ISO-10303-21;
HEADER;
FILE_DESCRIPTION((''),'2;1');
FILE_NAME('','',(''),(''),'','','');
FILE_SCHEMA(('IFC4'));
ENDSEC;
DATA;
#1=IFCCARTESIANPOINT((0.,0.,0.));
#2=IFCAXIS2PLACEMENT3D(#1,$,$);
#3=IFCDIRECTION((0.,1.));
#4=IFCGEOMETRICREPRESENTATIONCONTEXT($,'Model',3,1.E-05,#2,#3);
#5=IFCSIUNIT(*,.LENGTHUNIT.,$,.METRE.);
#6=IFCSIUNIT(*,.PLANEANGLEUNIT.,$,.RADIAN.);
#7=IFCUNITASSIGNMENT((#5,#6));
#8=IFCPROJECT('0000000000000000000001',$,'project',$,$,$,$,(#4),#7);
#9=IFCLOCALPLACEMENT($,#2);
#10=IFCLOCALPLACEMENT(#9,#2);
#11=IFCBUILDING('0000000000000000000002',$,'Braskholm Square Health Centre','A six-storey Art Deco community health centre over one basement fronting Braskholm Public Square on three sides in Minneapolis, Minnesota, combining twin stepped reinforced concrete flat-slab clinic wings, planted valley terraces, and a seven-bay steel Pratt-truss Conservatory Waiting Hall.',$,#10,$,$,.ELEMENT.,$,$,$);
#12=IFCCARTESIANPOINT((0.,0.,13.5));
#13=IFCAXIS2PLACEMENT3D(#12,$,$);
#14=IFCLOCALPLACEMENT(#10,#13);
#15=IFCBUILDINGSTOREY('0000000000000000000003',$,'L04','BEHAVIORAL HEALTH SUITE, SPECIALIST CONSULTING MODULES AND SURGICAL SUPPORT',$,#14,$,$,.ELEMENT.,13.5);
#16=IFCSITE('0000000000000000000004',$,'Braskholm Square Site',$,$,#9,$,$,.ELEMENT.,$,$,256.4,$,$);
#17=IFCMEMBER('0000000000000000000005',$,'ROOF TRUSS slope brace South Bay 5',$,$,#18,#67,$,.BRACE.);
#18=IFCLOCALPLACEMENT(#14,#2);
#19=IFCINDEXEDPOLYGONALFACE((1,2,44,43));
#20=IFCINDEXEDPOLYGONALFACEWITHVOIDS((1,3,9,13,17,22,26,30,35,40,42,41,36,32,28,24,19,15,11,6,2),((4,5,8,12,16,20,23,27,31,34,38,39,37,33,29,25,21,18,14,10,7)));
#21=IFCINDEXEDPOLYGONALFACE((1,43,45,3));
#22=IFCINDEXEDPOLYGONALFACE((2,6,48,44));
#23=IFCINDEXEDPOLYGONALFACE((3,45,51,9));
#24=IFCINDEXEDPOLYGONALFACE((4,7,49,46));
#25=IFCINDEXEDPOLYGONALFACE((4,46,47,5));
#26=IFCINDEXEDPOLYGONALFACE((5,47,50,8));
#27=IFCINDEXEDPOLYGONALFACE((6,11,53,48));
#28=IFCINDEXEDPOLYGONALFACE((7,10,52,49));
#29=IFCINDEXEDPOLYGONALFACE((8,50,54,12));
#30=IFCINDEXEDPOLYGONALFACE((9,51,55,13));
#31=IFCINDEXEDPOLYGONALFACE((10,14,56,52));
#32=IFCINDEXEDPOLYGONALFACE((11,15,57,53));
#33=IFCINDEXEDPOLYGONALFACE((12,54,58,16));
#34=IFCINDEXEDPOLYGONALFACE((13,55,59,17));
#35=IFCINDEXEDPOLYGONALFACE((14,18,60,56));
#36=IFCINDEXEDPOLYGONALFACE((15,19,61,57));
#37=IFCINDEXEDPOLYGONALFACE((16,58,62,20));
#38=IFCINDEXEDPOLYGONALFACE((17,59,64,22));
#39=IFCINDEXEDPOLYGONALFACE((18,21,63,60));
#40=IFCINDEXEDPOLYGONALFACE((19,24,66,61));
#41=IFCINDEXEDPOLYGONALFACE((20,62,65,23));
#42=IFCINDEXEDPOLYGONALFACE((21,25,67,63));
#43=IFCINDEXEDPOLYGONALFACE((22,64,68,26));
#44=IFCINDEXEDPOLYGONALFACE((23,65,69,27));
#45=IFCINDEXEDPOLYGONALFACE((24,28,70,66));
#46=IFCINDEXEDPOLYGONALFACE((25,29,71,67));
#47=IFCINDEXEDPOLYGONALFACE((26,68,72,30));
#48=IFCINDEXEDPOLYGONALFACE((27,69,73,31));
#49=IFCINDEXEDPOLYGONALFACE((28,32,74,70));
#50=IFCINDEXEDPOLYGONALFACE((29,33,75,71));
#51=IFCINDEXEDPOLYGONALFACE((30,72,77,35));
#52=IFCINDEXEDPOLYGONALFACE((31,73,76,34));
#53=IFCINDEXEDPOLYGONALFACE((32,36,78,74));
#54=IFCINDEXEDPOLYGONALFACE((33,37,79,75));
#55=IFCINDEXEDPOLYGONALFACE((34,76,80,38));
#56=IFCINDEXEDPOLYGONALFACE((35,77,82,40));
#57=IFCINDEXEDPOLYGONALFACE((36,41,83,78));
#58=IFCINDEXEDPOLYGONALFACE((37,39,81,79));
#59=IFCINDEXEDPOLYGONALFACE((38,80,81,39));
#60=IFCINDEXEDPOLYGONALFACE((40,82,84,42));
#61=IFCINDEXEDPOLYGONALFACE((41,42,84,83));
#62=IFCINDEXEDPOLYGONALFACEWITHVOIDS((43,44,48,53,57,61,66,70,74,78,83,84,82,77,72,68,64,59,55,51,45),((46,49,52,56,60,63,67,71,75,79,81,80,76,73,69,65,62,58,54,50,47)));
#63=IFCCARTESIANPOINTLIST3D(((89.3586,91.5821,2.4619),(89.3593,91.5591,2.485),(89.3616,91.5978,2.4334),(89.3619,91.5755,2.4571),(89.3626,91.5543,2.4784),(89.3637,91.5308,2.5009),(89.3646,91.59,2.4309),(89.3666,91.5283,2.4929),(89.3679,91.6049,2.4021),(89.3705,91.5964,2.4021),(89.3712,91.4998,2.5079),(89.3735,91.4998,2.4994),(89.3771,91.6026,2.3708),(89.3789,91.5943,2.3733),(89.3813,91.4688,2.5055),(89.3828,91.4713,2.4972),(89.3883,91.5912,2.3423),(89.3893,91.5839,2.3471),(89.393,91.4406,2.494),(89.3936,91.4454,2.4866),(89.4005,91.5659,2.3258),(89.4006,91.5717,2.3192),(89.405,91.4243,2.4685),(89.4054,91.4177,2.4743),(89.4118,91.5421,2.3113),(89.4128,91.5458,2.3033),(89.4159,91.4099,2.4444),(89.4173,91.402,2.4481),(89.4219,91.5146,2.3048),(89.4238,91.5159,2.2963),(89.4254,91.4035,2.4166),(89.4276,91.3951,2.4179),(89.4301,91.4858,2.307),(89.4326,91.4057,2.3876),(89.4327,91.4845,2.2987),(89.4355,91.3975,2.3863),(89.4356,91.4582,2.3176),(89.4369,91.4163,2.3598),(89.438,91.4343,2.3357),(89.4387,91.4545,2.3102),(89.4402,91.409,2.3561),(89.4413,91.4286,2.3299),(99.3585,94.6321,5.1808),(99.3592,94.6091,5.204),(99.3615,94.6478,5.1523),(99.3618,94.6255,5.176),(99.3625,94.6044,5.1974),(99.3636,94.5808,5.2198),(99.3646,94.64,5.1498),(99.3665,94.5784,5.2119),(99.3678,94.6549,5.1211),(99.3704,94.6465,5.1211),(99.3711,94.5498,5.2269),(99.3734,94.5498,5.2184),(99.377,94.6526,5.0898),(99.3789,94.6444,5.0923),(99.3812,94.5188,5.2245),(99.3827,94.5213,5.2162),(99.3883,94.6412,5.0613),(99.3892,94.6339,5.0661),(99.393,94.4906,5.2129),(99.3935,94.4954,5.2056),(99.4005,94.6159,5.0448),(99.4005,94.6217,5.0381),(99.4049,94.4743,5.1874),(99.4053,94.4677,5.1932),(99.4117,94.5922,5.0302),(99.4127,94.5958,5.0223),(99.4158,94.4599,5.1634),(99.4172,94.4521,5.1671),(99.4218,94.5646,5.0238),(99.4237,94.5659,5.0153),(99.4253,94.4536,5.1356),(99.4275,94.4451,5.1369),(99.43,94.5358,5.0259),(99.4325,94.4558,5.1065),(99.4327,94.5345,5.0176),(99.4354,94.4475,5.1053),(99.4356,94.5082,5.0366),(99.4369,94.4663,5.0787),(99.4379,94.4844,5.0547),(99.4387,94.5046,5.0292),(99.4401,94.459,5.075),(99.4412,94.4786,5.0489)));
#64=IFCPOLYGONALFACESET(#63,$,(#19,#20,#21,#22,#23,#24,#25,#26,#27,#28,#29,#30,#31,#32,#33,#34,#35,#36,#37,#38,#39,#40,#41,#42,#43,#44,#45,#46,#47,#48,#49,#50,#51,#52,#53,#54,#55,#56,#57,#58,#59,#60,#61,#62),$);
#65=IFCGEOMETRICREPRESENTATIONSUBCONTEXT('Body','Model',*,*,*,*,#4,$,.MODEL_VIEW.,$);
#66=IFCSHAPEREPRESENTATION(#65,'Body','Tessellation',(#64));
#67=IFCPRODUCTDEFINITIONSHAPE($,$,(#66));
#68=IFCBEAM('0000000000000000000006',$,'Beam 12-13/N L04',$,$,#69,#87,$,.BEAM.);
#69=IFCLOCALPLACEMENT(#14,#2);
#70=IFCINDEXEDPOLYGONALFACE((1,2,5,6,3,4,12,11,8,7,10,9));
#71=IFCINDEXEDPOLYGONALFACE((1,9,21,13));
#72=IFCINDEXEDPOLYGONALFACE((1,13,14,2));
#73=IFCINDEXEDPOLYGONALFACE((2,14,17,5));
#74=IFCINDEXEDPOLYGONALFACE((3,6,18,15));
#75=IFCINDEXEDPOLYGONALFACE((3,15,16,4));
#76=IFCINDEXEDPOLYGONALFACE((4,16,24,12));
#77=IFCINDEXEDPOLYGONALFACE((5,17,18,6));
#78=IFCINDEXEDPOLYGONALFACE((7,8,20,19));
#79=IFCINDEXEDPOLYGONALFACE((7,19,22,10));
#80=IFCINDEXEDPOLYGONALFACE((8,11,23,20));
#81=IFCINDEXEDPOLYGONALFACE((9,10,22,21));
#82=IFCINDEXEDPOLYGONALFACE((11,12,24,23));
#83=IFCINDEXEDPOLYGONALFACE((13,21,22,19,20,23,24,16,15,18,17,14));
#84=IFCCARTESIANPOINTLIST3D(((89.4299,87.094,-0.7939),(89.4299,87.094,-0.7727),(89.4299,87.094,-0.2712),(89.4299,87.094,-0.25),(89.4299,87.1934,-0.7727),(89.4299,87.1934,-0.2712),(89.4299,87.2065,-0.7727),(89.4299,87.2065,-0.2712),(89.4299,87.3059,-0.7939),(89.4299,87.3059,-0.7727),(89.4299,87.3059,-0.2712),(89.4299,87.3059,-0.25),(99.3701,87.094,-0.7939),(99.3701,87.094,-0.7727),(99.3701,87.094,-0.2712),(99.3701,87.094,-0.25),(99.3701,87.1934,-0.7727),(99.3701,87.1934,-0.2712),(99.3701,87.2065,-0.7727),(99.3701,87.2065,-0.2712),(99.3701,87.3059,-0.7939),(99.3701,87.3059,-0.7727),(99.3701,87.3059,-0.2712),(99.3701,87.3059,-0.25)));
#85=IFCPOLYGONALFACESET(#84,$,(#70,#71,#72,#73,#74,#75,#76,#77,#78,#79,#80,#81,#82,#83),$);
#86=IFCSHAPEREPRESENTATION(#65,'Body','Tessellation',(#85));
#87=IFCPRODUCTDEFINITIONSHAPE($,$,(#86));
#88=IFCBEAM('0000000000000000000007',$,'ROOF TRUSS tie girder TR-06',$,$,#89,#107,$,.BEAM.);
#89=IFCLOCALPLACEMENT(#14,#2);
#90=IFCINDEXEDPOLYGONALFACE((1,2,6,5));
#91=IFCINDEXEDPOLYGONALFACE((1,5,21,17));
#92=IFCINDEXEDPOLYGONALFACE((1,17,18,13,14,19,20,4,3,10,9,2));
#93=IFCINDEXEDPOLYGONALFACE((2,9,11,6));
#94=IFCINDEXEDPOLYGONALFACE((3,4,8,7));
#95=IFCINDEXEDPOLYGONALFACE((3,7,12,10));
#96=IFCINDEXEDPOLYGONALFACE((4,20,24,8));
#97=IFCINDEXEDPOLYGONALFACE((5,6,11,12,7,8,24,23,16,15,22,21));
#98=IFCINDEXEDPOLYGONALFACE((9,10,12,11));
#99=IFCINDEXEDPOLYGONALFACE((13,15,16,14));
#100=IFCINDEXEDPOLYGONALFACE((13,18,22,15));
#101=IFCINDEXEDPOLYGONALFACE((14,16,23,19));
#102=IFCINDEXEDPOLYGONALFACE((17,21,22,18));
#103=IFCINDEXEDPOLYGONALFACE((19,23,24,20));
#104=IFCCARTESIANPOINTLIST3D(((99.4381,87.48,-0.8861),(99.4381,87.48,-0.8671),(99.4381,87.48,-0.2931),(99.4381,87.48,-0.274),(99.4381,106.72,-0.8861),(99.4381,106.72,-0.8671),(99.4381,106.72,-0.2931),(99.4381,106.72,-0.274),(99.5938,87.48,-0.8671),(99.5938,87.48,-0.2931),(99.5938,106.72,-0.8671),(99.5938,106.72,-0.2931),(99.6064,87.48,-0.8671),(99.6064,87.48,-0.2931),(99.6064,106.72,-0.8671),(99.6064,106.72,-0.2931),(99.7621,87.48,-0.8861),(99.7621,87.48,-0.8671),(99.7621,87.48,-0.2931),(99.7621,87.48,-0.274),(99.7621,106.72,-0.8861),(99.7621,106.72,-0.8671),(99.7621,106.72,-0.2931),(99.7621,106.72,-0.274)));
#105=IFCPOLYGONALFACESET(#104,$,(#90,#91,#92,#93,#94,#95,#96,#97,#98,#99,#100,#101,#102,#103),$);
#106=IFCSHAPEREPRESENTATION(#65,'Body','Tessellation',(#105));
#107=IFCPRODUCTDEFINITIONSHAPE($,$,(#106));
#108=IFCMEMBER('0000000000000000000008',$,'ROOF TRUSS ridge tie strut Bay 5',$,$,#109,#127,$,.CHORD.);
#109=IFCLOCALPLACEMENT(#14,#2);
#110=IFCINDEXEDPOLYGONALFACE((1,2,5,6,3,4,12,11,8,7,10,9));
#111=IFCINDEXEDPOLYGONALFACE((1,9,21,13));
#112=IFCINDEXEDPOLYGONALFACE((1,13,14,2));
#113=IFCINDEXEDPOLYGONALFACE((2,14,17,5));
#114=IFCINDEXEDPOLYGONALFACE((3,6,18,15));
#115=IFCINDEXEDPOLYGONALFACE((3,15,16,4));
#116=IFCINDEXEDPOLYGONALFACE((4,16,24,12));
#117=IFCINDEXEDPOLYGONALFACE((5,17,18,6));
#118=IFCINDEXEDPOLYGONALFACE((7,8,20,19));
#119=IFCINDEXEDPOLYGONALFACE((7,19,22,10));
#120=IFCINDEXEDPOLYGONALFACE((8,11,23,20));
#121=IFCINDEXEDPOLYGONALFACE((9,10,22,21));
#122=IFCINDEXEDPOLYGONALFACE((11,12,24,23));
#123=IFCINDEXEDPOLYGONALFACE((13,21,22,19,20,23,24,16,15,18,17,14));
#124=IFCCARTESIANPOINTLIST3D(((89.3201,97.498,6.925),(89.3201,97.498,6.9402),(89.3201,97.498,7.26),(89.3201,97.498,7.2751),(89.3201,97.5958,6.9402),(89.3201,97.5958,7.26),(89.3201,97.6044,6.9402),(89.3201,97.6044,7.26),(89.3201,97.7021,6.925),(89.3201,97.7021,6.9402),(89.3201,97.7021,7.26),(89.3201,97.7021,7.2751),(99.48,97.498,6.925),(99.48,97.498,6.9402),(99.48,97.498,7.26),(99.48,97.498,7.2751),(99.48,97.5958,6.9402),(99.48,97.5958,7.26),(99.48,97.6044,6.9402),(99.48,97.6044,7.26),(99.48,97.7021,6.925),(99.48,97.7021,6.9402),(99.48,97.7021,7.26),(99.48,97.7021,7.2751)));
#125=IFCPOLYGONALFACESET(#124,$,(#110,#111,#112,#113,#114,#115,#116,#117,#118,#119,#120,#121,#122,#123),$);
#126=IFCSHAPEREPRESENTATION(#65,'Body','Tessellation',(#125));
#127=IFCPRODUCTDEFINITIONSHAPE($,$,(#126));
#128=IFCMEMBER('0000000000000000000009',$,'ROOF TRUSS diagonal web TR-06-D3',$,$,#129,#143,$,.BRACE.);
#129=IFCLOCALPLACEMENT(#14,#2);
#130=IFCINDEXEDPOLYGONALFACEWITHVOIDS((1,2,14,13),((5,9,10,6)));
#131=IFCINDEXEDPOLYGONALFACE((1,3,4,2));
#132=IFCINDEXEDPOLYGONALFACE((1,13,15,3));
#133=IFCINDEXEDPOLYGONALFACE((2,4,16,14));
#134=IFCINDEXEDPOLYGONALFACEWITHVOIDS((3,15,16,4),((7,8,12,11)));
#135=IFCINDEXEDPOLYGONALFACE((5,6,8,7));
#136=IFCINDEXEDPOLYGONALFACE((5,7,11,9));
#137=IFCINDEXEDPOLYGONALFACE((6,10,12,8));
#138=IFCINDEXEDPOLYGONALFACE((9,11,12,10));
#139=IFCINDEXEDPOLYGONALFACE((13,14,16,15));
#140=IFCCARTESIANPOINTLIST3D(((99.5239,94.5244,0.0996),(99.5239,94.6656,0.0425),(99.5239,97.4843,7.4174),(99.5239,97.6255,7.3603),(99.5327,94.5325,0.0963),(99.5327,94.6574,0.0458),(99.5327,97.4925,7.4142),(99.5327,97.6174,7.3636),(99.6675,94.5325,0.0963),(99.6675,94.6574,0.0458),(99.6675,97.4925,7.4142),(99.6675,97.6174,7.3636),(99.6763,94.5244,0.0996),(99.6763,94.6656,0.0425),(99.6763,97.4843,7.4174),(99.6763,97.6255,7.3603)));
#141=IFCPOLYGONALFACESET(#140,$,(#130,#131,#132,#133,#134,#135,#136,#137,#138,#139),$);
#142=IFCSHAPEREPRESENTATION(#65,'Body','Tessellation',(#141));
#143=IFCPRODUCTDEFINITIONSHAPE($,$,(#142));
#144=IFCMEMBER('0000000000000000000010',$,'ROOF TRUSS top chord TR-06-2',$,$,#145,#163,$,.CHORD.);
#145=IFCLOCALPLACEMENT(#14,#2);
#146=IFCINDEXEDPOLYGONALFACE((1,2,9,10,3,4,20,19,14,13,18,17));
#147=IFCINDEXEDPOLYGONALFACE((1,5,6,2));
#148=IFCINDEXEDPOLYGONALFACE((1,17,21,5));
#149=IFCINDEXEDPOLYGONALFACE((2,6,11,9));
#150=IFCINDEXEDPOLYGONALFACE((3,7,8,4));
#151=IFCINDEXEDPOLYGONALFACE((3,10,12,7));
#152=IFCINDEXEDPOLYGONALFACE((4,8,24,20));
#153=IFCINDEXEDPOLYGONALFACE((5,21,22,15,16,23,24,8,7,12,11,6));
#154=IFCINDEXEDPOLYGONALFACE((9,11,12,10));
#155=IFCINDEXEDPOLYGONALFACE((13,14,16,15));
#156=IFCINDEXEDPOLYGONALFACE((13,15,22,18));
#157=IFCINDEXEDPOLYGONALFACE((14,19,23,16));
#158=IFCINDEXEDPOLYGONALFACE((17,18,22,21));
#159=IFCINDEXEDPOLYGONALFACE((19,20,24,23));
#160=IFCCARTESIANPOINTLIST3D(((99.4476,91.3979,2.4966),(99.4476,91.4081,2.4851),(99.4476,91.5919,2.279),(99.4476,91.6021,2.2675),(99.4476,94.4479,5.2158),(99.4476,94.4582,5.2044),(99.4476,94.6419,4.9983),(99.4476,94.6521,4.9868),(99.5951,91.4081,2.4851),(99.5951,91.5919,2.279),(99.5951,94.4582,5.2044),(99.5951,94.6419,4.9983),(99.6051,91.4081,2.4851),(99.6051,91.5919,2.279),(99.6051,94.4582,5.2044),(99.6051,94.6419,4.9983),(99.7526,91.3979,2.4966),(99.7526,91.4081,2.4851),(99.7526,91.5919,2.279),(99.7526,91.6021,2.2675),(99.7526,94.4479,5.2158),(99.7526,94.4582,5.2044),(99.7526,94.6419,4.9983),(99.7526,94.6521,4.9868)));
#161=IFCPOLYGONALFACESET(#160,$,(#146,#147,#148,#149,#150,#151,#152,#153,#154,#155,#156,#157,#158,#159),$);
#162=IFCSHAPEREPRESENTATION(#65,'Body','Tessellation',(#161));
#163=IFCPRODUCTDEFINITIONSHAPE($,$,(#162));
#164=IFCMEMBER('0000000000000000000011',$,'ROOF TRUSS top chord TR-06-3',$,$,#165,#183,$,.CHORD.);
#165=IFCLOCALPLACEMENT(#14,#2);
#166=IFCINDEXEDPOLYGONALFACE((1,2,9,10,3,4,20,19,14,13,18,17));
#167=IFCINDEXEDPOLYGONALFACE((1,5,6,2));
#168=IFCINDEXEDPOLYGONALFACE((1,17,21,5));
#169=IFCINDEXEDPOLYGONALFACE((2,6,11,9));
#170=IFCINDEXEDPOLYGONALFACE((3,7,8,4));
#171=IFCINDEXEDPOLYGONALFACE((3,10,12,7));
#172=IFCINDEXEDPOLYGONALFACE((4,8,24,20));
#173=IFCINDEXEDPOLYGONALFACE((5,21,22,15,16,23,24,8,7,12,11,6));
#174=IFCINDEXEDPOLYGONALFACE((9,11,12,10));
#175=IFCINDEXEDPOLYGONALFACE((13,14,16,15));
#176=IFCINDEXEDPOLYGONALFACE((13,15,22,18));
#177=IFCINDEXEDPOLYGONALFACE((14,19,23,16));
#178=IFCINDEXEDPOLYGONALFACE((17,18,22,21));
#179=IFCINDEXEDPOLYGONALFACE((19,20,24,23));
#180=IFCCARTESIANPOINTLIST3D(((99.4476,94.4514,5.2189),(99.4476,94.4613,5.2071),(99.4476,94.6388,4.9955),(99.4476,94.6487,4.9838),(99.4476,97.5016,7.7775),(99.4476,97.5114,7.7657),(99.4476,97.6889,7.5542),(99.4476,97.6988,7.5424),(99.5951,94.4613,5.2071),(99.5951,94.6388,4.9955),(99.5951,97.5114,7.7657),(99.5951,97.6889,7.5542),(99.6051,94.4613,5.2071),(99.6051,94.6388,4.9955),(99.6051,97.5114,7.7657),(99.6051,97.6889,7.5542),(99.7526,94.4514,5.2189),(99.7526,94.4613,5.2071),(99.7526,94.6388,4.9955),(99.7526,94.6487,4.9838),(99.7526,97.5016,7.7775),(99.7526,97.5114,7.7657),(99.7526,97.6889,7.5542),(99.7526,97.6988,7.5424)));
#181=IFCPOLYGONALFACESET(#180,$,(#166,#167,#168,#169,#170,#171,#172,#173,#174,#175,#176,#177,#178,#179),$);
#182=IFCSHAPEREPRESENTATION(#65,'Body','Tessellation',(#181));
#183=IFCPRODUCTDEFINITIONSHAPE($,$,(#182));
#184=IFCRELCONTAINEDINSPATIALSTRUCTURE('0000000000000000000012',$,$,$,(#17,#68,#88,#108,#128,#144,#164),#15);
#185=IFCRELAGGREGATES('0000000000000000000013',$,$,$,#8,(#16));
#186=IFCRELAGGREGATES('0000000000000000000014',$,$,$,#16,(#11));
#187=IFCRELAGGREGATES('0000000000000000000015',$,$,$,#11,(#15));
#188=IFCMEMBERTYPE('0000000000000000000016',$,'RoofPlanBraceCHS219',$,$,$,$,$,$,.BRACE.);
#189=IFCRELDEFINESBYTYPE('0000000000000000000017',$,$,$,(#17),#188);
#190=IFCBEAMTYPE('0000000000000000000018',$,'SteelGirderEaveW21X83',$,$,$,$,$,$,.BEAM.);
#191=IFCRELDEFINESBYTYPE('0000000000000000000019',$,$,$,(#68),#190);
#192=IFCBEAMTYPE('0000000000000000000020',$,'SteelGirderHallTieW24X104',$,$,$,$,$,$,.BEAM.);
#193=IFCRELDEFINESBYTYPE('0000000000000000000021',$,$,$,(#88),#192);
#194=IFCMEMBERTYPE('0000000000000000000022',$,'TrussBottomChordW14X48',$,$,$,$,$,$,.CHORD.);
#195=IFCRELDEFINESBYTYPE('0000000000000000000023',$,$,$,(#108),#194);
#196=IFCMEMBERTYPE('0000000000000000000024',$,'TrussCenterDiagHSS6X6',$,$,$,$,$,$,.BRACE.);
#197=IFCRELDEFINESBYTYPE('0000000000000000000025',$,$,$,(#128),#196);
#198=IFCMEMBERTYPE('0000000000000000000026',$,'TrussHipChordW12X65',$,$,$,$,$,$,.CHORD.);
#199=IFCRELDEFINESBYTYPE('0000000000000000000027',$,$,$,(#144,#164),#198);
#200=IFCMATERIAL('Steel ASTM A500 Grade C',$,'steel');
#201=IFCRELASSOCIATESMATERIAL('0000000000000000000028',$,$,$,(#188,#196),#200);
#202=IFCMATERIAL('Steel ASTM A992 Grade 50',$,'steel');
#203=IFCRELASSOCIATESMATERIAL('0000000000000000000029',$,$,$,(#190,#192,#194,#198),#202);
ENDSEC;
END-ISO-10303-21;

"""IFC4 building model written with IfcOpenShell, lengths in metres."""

from ifc_helpers import new_model, si_unit, direction, frame, origin, origin_2d, place, context, subcontext, project, spatial, hollow_rectangle, hollow_circle, i_section, extrude, material, material_profile, profile_set, type_object, element, save


model = new_model("IFC4")

# Units and contexts
model_context = context("Model", 3, precision=1e-05, world=origin(), true_north=direction((0.0, 1.0)))
body_context = subcontext(model_context, "Body", "Model", "MODEL_VIEW")
ifc_project = project(units=[si_unit("LENGTHUNIT", "METRE"), si_unit("PLANEANGLEUNIT", "RADIAN")], contexts=[model_context])

# Site, building, storey
site_placement = place(None, origin())
site = spatial("IfcSite", under=ifc_project, at=site_placement, Name="Braskholm Square Site", CompositionType="ELEMENT", RefElevation=256.4)
building_placement = place(site_placement, origin())
building = spatial("IfcBuilding", under=site, at=building_placement, Name="Braskholm Square Health Centre", Description="A six-storey Art Deco community health centre over one basement fronting Braskholm Public Square on three sides in Minneapolis, Minnesota, combining twin stepped reinforced concrete flat-slab clinic wings, planted valley terraces, and a seven-bay steel Pratt-truss Conservatory Waiting Hall.", CompositionType="ELEMENT")
storey_placement = place(building_placement, frame((0.0, 0.0, 13.5)))
storey = spatial("IfcBuildingStorey", under=building, at=storey_placement, Name="L04", Description="BEHAVIORAL HEALTH SUITE, SPECIALIST CONSULTING MODULES AND SURGICAL SUPPORT", CompositionType="ELEMENT", Elevation=13.5)

# Member
ifc_material_1 = material(Name="Steel ASTM A500 Grade C", Category="steel")
ifc_material_profile_1 = material_profile(ifc_material_1, hollow_circle(Radius=0.1096, WallThickness=0.0088, at=origin_2d()), Name="HSS8.625X0.375")
ifc_profile_set_1 = profile_set([ifc_material_profile_1], Name="Steel ASTM A500 Grade C")
member_type_1 = type_object("IfcMemberType", Name="RoofPlanBraceCHS219", PredefinedType="BRACE", material=ifc_profile_set_1)
member_1_placement = place(storey_placement, frame((89.3999, 91.5, 2.4021), z_axis=(0.925705, 0.282344, 0.251699), x_axis=(-0.291737, 0.956499, 0.0)))
element("IfcMember", 1, at=member_1_placement, inside=storey, type_object=member_type_1, Name="ROOF TRUSS slope brace South Bay 5", PredefinedType="BRACE", context=body_context, shape_type="SweptSolid", body=[
    extrude(hollow_circle(Radius=0.1096, WallThickness=0.0088, at=origin_2d()), origin(), (0.0, 0.0, 1.0), 10.8025),
])

# Beams
ifc_material_2 = material(Name="Steel ASTM A992 Grade 50", Category="steel")
ifc_material_profile_2 = material_profile(ifc_material_2, i_section(OverallWidth=0.2119, OverallDepth=0.5439, WebThickness=0.0132, FlangeThickness=0.0212, at=origin_2d()), Name="W21X83")
ifc_profile_set_2 = profile_set([ifc_material_profile_2], Name="Steel ASTM A992 Grade 50")
beam_type_1 = type_object("IfcBeamType", Name="SteelGirderEaveW21X83", PredefinedType="BEAM", material=ifc_profile_set_2)
beam_1_placement = place(storey_placement, frame((89.4299, 87.2, -0.522), z_axis=(1.0, 0.0, 0.0), x_axis=(0.0, 1.0, 0.0)))
element("IfcBeam", 2, at=beam_1_placement, inside=storey, type_object=beam_type_1, Name="Beam 12-13/N L04", PredefinedType="BEAM", context=body_context, shape_type="SweptSolid", body=[
    extrude(i_section(OverallWidth=0.2119, OverallDepth=0.5439, WebThickness=0.0132, FlangeThickness=0.0212, at=origin_2d()), origin(), (0.0, 0.0, 1.0), 9.9402),
])
ifc_material_profile_3 = material_profile(ifc_material_2, i_section(OverallWidth=0.324, OverallDepth=0.6121, WebThickness=0.0127, FlangeThickness=0.019, at=origin_2d()), Name="W24X104")
ifc_profile_set_3 = profile_set([ifc_material_profile_3], Name="Steel ASTM A992 Grade 50")
beam_type_2 = type_object("IfcBeamType", Name="SteelGirderHallTieW24X104", PredefinedType="BEAM", material=ifc_profile_set_3)
beam_2_placement = place(storey_placement, frame((99.6001, 87.48, -0.5801), z_axis=(0.0, 1.0, 0.0), x_axis=(-1.0, 0.0, 0.0)))
element("IfcBeam", 3, at=beam_2_placement, inside=storey, type_object=beam_type_2, Name="ROOF TRUSS tie girder TR-06", PredefinedType="BEAM", context=body_context, shape_type="SweptSolid", body=[
    extrude(i_section(OverallWidth=0.324, OverallDepth=0.6121, WebThickness=0.0127, FlangeThickness=0.019, at=origin_2d()), origin(), (0.0, 0.0, 1.0), 19.24),
])

# Members
ifc_material_profile_4 = material_profile(ifc_material_2, i_section(OverallWidth=0.2041, OverallDepth=0.3501, WebThickness=0.0085, FlangeThickness=0.0151, at=origin_2d()), Name="W14X48")
ifc_profile_set_4 = profile_set([ifc_material_profile_4], Name="Steel ASTM A992 Grade 50")
member_type_2 = type_object("IfcMemberType", Name="TrussBottomChordW14X48", PredefinedType="CHORD", material=ifc_profile_set_4)
member_2_placement = place(storey_placement, frame((89.3201, 97.6001, 7.1001), z_axis=(1.0, 0.0, 0.0), x_axis=(0.0, 1.0, 0.0)))
element("IfcMember", 4, at=member_2_placement, inside=storey, type_object=member_type_2, Name="ROOF TRUSS ridge tie strut Bay 5", PredefinedType="CHORD", context=body_context, shape_type="SweptSolid", body=[
    extrude(i_section(OverallWidth=0.2041, OverallDepth=0.3501, WebThickness=0.0085, FlangeThickness=0.0151, at=origin_2d()), origin(), (0.0, 0.0, 1.0), 10.1599),
])
ifc_material_profile_5 = material_profile(ifc_material_1, hollow_rectangle(XDim=0.1523, YDim=0.1523, WallThickness=0.0088, at=origin_2d()), Name="HSS6X6X3/8")
ifc_profile_set_5 = profile_set([ifc_material_profile_5], Name="Steel ASTM A500 Grade C")
member_type_3 = type_object("IfcMemberType", Name="TrussCenterDiagHSS6X6", PredefinedType="BRACE", material=ifc_profile_set_5)
member_3_placement = place(storey_placement, frame((99.6001, 94.595, 0.071), z_axis=(0.0, 0.374971, 0.927036), x_axis=(-1.0, 0.0, 0.0)))
element("IfcMember", 5, at=member_3_placement, inside=storey, type_object=member_type_3, Name="ROOF TRUSS diagonal web TR-06-D3", PredefinedType="BRACE", context=body_context, shape_type="SweptSolid", body=[
    extrude(hollow_rectangle(XDim=0.1523, YDim=0.1523, WallThickness=0.0088, at=origin_2d()), origin(), (0.0, 0.0, 1.0), 7.8938),
])
ifc_material_profile_6 = material_profile(ifc_material_2, i_section(OverallWidth=0.3049, OverallDepth=0.3069, WebThickness=0.01, FlangeThickness=0.0154, at=origin_2d()), Name="W12X65")
ifc_profile_set_6 = profile_set([ifc_material_profile_6], Name="Steel ASTM A992 Grade 50")
member_type_4 = type_object("IfcMemberType", Name="TrussHipChordW12X65", PredefinedType="CHORD", material=ifc_profile_set_6)
member_4_placement = place(storey_placement, frame((99.6001, 91.5, 2.3821), z_axis=(0.0, 0.746426, 0.665468), x_axis=(-1.0, 0.0, 0.0)))
element("IfcMember", 6, at=member_4_placement, inside=storey, type_object=member_type_4, Name="ROOF TRUSS top chord TR-06-2", PredefinedType="CHORD", context=body_context, shape_type="SweptSolid", body=[
    extrude(i_section(OverallWidth=0.3049, OverallDepth=0.3069, WebThickness=0.01, FlangeThickness=0.0154, at=origin_2d()), origin(), (0.0, 0.0, 1.0), 4.0862),
])
member_5_placement = place(storey_placement, frame((99.6001, 94.55, 5.1013), z_axis=(0.0, 0.766131, 0.642684), x_axis=(-1.0, 0.0, 0.0)))
element("IfcMember", 7, at=member_5_placement, inside=storey, type_object=member_type_4, Name="ROOF TRUSS top chord TR-06-3", PredefinedType="CHORD", context=body_context, shape_type="SweptSolid", body=[
    extrude(i_section(OverallWidth=0.3049, OverallDepth=0.3069, WebThickness=0.01, FlangeThickness=0.0154, at=origin_2d()), origin(), (0.0, 0.0, 1.0), 3.9812),
])

save(model, "model.ifc")
